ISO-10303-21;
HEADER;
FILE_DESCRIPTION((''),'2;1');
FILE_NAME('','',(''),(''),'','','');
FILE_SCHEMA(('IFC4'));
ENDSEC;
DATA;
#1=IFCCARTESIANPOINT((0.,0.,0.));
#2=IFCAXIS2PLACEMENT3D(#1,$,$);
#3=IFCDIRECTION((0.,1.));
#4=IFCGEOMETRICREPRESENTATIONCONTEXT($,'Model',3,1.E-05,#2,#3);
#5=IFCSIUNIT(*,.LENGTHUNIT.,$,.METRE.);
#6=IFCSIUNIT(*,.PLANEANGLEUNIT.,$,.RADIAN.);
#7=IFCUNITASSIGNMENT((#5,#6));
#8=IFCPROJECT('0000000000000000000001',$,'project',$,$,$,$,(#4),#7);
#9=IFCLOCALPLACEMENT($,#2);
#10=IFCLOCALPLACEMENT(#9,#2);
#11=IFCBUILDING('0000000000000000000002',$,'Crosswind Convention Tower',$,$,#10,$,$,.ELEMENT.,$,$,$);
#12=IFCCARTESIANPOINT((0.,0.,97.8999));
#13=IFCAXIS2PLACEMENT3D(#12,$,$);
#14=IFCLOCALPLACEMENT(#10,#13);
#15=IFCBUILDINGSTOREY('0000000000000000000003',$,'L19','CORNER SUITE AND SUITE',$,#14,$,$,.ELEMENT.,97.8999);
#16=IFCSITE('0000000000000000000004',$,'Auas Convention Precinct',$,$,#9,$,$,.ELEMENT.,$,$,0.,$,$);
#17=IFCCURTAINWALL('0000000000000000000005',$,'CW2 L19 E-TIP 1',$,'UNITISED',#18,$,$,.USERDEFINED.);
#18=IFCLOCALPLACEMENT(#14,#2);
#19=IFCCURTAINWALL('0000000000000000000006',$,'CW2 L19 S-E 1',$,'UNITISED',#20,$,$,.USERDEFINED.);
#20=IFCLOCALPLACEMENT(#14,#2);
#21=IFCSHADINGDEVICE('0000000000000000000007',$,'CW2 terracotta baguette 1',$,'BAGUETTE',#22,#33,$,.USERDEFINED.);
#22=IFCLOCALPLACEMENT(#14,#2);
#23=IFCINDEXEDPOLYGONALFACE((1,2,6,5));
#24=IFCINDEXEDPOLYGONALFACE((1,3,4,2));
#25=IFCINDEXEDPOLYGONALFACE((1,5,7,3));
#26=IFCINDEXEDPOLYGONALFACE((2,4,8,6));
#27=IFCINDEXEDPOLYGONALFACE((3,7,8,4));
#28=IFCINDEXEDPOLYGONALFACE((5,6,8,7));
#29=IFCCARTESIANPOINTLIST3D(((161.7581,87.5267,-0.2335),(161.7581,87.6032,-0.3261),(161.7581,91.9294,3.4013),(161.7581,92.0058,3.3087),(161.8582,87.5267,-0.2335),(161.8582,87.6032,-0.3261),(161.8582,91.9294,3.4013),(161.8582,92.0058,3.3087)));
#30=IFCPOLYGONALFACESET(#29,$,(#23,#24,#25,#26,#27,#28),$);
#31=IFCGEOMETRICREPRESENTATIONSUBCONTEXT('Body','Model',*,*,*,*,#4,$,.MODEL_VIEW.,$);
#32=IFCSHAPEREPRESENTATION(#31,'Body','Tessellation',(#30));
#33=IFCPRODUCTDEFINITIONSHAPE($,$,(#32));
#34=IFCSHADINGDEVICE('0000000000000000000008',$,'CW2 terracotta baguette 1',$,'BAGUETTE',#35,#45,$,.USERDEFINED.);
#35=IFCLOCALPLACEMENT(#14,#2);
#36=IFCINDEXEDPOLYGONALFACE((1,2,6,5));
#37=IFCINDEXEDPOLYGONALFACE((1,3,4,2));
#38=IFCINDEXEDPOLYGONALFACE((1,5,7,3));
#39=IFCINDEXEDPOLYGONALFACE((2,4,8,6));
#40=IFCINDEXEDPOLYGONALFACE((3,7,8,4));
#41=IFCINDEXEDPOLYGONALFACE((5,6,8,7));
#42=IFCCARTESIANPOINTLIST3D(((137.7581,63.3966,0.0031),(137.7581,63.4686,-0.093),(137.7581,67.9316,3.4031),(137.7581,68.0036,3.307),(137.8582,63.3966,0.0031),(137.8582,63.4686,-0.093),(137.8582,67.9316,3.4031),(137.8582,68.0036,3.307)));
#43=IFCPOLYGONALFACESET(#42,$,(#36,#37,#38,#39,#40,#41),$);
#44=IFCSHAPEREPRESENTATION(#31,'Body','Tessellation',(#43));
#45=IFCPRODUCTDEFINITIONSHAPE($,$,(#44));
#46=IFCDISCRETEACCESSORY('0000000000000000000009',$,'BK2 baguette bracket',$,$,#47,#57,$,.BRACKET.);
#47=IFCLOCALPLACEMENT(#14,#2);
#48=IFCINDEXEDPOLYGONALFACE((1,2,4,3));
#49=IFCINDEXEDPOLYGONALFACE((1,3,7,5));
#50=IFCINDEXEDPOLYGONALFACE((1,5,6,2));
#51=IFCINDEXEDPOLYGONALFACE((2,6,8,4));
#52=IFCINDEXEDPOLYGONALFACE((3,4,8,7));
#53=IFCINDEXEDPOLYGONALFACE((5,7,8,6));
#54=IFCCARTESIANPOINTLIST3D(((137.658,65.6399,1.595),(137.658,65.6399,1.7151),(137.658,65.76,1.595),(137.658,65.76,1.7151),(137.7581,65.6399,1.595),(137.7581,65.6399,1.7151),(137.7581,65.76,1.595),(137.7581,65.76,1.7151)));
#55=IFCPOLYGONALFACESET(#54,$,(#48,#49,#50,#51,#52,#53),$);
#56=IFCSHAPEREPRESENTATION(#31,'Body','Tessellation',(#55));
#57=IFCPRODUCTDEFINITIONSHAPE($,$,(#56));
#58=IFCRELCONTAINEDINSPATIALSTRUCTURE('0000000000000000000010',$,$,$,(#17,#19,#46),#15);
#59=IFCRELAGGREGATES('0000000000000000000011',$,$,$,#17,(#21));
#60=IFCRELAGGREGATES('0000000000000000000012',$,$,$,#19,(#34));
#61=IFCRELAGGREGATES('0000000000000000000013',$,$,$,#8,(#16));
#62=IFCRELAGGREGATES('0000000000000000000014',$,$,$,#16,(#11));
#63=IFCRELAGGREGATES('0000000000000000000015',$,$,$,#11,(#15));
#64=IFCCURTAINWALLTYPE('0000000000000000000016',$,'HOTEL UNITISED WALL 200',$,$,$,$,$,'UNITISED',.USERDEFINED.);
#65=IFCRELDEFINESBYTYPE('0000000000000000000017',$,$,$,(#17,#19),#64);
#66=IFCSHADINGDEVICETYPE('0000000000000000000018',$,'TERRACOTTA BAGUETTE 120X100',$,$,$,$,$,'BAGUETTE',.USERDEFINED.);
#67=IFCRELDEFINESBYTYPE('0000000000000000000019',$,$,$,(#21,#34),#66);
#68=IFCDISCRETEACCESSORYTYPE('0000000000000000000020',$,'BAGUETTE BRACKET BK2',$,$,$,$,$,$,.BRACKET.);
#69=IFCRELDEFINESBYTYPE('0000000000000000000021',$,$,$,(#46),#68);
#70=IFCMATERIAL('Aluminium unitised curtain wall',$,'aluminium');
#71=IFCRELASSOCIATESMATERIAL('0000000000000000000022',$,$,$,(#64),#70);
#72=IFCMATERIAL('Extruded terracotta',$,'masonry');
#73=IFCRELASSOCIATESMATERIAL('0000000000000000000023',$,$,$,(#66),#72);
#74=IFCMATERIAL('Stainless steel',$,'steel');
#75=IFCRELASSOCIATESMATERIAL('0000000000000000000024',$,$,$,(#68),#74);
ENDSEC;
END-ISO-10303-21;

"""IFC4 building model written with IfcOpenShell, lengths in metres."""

from ifc_helpers import new_model, si_unit, direction, frame, origin, origin_2d, place, context, subcontext, project, spatial, rectangle, extrude, material, material_profile, profile_set, type_object, element, aggregate, save


model = new_model("IFC4")

# Units and contexts
model_context = context("Model", 3, precision=1e-05, world=origin(), true_north=direction((0.0, 1.0)))
body_context = subcontext(model_context, "Body", "Model", "MODEL_VIEW")
ifc_project = project(units=[si_unit("LENGTHUNIT", "METRE"), si_unit("PLANEANGLEUNIT", "RADIAN")], contexts=[model_context])

# Site, building, storey
site_placement = place(None, origin())
site = spatial("IfcSite", under=ifc_project, at=site_placement, Name="Auas Convention Precinct", CompositionType="ELEMENT", RefElevation=0.0)
building_placement = place(site_placement, origin())
building = spatial("IfcBuilding", under=site, at=building_placement, Name="Crosswind Convention Tower", CompositionType="ELEMENT")
storey_placement = place(building_placement, frame((0.0, 0.0, 97.8999)))
storey = spatial("IfcBuildingStorey", under=building, at=storey_placement, Name="L19", Description="CORNER SUITE AND SUITE", CompositionType="ELEMENT", Elevation=97.8999)

# Shared definitions
ifc_material_1 = material(Name="Aluminium unitised curtain wall", Category="aluminium")

# Curtain wall
curtain_wall_type_1 = type_object("IfcCurtainWallType", Name="HOTEL UNITISED WALL 200", ElementType="UNITISED", PredefinedType="USERDEFINED", material=ifc_material_1)
curtain_wall_1_placement = place(storey_placement, origin())
curtain_wall_1 = element("IfcCurtainWall", 1, at=curtain_wall_1_placement, inside=storey, type_object=curtain_wall_type_1, Name="CW2 L19 E-TIP 1", ObjectType="UNITISED", PredefinedType="USERDEFINED")

# Curtain wall
curtain_wall_2_placement = place(storey_placement, origin())
curtain_wall_2 = element("IfcCurtainWall", 2, at=curtain_wall_2_placement, inside=storey, type_object=curtain_wall_type_1, Name="CW2 L19 S-E 1", ObjectType="UNITISED", PredefinedType="USERDEFINED")

# Shading devices
ifc_material_2 = material(Name="Extruded terracotta", Category="masonry")
ifc_material_profile_1 = material_profile(ifc_material_2, rectangle(XDim=0.1001, YDim=0.1201, at=origin_2d()), Name="TC 100X120")
ifc_profile_set_1 = profile_set([ifc_material_profile_1], Name="Extruded terracotta")
shading_device_type = type_object("IfcShadingDeviceType", Name="TERRACOTTA BAGUETTE 120X100", ElementType="BAGUETTE", PredefinedType="USERDEFINED", material=ifc_profile_set_1)
shading_device_1_placement = place(storey_placement, frame((161.8081, 87.5649, -0.2798), z_axis=(0.0, 0.771147, 0.636657), x_axis=(-1.0, 0.0, 0.0)))
shading_device_1 = element("IfcShadingDevice", 3, at=shading_device_1_placement, type_object=shading_device_type, Name="CW2 terracotta baguette 1", ObjectType="BAGUETTE", PredefinedType="USERDEFINED", context=body_context, shape_type="SweptSolid", body=[
    extrude(rectangle(XDim=0.1001, YDim=0.1201, at=origin_2d()), origin(), (0.0, 0.0, 1.0), 5.7092),
])
aggregate(curtain_wall_1, [shading_device_1])
shading_device_2_placement = place(storey_placement, frame((137.8081, 63.4326, -0.0449), z_axis=(0.0, 0.800109, 0.599855), x_axis=(-1.0, 0.0, 0.0)))
shading_device_2 = element("IfcShadingDevice", 4, at=shading_device_2_placement, type_object=shading_device_type, Name="CW2 terracotta baguette 1", ObjectType="BAGUETTE", PredefinedType="USERDEFINED", context=body_context, shape_type="SweptSolid", body=[
    extrude(rectangle(XDim=0.1001, YDim=0.1201, at=origin_2d()), origin(), (0.0, 0.0, 1.0), 5.668),
])
aggregate(curtain_wall_2, [shading_device_2])

# Discrete accessory
ifc_material_3 = material(Name="Stainless steel", Category="steel")
discrete_accessory_type = type_object("IfcDiscreteAccessoryType", Name="BAGUETTE BRACKET BK2", PredefinedType="BRACKET", material=ifc_material_3)
discrete_accessory_placement = place(storey_placement, frame((137.708, 65.7, 1.595), z_axis=(0.0, 0.0, 1.0), x_axis=(0.0, 1.0, 0.0)))
element("IfcDiscreteAccessory", 5, at=discrete_accessory_placement, inside=storey, type_object=discrete_accessory_type, Name="BK2 baguette bracket", PredefinedType="BRACKET", context=body_context, shape_type="SweptSolid", body=[
    extrude(rectangle(XDim=0.1201, YDim=0.1001, at=origin_2d()), origin(), (0.0, 0.0, 1.0), 0.1201),
])

save(model, "model.ifc")
